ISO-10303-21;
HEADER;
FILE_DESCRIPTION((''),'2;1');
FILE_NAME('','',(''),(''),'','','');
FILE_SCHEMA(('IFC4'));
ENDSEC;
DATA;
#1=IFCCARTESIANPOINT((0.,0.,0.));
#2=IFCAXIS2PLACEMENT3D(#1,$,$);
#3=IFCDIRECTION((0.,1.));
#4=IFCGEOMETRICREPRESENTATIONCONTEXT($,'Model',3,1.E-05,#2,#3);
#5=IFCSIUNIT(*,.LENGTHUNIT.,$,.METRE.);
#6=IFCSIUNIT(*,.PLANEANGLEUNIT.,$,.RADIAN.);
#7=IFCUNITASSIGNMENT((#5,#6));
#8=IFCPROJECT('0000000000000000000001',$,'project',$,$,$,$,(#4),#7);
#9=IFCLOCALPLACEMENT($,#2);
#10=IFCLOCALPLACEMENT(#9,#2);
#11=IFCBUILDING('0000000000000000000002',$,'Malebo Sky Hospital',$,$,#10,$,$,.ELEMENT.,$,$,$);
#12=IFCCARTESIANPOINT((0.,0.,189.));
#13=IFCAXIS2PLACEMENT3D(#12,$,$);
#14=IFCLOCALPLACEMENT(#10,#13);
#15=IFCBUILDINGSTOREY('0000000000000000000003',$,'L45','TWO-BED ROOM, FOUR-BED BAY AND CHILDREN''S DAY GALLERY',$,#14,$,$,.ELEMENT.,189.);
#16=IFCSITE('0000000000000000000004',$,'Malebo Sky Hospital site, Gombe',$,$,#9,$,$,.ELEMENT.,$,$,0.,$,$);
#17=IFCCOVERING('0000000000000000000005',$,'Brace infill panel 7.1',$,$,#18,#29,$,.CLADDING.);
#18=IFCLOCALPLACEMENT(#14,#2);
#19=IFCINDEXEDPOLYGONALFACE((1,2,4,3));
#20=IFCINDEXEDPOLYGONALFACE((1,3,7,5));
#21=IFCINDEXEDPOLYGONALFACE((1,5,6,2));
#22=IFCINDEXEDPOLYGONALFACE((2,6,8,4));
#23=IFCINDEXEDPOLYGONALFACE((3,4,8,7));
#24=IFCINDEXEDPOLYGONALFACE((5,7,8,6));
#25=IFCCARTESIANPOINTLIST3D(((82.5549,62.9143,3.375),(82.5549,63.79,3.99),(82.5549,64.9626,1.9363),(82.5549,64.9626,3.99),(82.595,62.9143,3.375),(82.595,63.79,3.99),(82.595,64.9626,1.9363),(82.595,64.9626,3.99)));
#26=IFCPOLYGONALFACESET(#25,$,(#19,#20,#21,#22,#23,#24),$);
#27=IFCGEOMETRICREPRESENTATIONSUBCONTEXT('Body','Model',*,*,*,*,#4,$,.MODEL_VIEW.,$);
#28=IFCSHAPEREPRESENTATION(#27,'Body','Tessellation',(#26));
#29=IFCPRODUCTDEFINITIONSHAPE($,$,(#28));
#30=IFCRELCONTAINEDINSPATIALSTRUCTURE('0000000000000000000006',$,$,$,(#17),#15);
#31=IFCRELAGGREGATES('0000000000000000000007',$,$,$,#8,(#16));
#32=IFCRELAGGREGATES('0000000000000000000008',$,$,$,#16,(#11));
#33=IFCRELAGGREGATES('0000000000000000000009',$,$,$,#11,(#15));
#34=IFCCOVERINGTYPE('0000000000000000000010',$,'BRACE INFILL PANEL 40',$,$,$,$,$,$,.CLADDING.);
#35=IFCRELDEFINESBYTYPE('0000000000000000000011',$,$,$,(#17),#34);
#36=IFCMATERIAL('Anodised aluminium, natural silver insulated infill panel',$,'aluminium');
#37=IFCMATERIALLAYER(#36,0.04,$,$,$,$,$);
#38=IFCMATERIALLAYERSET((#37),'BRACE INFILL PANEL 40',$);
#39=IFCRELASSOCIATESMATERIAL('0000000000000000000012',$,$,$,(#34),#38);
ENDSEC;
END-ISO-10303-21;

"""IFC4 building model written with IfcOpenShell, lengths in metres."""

from ifc_helpers import new_model, si_unit, direction, frame, origin, place, context, subcontext, project, spatial, polyline, outline, extrude, material, layer, layer_set, type_object, element, save


model = new_model("IFC4")

# Units and contexts
model_context = context("Model", 3, precision=1e-05, world=origin(), true_north=direction((0.0, 1.0)))
body_context = subcontext(model_context, "Body", "Model", "MODEL_VIEW")
ifc_project = project(units=[si_unit("LENGTHUNIT", "METRE"), si_unit("PLANEANGLEUNIT", "RADIAN")], contexts=[model_context])

# Site, building, storey
site_placement = place(None, origin())
site = spatial("IfcSite", under=ifc_project, at=site_placement, Name="Malebo Sky Hospital site, Gombe", CompositionType="ELEMENT", RefElevation=0.0)
building_placement = place(site_placement, origin())
building = spatial("IfcBuilding", under=site, at=building_placement, Name="Malebo Sky Hospital", CompositionType="ELEMENT")
storey_placement = place(building_placement, frame((0.0, 0.0, 189.0)))
storey = spatial("IfcBuildingStorey", under=building, at=storey_placement, Name="L45", Description="TWO-BED ROOM, FOUR-BED BAY AND CHILDREN'S DAY GALLERY", CompositionType="ELEMENT", Elevation=189.0)

# Covering
ifc_material_1 = material(Name="Anodised aluminium, natural silver insulated infill panel", Category="aluminium")
ifc_layer_1 = layer(ifc_material_1, 0.04)
ifc_layer_set_1 = layer_set([ifc_layer_1], Name="BRACE INFILL PANEL 40")
covering_type = type_object("IfcCoveringType", Name="BRACE INFILL PANEL 40", PredefinedType="CLADDING", material=ifc_layer_set_1)
covering_1_placement = place(storey_placement, frame((82.575, 63.9385, 1.9363), z_axis=(0.0, 0.0, 1.0), x_axis=(0.0, -1.0, 0.0)))
element("IfcCovering", 1, at=covering_1_placement, inside=storey, type_object=covering_type, Name="Brace infill panel 7.1", PredefinedType="CLADDING", context=body_context, shape_type="SweptSolid", body=[
    extrude(outline(polyline([(-1.0242, 0.0), (1.0242, 1.4387), (0.1484, 2.0537), (-1.0242, 2.0537), (-1.0242, 0.0)])), frame((0.0, 0.02, 0.0), z_axis=(0.0, -1.0, 0.0), x_axis=(1.0, 0.0, 0.0)), (0.0, 0.0, 1.0), 0.04),
])

save(model, "model.ifc")
